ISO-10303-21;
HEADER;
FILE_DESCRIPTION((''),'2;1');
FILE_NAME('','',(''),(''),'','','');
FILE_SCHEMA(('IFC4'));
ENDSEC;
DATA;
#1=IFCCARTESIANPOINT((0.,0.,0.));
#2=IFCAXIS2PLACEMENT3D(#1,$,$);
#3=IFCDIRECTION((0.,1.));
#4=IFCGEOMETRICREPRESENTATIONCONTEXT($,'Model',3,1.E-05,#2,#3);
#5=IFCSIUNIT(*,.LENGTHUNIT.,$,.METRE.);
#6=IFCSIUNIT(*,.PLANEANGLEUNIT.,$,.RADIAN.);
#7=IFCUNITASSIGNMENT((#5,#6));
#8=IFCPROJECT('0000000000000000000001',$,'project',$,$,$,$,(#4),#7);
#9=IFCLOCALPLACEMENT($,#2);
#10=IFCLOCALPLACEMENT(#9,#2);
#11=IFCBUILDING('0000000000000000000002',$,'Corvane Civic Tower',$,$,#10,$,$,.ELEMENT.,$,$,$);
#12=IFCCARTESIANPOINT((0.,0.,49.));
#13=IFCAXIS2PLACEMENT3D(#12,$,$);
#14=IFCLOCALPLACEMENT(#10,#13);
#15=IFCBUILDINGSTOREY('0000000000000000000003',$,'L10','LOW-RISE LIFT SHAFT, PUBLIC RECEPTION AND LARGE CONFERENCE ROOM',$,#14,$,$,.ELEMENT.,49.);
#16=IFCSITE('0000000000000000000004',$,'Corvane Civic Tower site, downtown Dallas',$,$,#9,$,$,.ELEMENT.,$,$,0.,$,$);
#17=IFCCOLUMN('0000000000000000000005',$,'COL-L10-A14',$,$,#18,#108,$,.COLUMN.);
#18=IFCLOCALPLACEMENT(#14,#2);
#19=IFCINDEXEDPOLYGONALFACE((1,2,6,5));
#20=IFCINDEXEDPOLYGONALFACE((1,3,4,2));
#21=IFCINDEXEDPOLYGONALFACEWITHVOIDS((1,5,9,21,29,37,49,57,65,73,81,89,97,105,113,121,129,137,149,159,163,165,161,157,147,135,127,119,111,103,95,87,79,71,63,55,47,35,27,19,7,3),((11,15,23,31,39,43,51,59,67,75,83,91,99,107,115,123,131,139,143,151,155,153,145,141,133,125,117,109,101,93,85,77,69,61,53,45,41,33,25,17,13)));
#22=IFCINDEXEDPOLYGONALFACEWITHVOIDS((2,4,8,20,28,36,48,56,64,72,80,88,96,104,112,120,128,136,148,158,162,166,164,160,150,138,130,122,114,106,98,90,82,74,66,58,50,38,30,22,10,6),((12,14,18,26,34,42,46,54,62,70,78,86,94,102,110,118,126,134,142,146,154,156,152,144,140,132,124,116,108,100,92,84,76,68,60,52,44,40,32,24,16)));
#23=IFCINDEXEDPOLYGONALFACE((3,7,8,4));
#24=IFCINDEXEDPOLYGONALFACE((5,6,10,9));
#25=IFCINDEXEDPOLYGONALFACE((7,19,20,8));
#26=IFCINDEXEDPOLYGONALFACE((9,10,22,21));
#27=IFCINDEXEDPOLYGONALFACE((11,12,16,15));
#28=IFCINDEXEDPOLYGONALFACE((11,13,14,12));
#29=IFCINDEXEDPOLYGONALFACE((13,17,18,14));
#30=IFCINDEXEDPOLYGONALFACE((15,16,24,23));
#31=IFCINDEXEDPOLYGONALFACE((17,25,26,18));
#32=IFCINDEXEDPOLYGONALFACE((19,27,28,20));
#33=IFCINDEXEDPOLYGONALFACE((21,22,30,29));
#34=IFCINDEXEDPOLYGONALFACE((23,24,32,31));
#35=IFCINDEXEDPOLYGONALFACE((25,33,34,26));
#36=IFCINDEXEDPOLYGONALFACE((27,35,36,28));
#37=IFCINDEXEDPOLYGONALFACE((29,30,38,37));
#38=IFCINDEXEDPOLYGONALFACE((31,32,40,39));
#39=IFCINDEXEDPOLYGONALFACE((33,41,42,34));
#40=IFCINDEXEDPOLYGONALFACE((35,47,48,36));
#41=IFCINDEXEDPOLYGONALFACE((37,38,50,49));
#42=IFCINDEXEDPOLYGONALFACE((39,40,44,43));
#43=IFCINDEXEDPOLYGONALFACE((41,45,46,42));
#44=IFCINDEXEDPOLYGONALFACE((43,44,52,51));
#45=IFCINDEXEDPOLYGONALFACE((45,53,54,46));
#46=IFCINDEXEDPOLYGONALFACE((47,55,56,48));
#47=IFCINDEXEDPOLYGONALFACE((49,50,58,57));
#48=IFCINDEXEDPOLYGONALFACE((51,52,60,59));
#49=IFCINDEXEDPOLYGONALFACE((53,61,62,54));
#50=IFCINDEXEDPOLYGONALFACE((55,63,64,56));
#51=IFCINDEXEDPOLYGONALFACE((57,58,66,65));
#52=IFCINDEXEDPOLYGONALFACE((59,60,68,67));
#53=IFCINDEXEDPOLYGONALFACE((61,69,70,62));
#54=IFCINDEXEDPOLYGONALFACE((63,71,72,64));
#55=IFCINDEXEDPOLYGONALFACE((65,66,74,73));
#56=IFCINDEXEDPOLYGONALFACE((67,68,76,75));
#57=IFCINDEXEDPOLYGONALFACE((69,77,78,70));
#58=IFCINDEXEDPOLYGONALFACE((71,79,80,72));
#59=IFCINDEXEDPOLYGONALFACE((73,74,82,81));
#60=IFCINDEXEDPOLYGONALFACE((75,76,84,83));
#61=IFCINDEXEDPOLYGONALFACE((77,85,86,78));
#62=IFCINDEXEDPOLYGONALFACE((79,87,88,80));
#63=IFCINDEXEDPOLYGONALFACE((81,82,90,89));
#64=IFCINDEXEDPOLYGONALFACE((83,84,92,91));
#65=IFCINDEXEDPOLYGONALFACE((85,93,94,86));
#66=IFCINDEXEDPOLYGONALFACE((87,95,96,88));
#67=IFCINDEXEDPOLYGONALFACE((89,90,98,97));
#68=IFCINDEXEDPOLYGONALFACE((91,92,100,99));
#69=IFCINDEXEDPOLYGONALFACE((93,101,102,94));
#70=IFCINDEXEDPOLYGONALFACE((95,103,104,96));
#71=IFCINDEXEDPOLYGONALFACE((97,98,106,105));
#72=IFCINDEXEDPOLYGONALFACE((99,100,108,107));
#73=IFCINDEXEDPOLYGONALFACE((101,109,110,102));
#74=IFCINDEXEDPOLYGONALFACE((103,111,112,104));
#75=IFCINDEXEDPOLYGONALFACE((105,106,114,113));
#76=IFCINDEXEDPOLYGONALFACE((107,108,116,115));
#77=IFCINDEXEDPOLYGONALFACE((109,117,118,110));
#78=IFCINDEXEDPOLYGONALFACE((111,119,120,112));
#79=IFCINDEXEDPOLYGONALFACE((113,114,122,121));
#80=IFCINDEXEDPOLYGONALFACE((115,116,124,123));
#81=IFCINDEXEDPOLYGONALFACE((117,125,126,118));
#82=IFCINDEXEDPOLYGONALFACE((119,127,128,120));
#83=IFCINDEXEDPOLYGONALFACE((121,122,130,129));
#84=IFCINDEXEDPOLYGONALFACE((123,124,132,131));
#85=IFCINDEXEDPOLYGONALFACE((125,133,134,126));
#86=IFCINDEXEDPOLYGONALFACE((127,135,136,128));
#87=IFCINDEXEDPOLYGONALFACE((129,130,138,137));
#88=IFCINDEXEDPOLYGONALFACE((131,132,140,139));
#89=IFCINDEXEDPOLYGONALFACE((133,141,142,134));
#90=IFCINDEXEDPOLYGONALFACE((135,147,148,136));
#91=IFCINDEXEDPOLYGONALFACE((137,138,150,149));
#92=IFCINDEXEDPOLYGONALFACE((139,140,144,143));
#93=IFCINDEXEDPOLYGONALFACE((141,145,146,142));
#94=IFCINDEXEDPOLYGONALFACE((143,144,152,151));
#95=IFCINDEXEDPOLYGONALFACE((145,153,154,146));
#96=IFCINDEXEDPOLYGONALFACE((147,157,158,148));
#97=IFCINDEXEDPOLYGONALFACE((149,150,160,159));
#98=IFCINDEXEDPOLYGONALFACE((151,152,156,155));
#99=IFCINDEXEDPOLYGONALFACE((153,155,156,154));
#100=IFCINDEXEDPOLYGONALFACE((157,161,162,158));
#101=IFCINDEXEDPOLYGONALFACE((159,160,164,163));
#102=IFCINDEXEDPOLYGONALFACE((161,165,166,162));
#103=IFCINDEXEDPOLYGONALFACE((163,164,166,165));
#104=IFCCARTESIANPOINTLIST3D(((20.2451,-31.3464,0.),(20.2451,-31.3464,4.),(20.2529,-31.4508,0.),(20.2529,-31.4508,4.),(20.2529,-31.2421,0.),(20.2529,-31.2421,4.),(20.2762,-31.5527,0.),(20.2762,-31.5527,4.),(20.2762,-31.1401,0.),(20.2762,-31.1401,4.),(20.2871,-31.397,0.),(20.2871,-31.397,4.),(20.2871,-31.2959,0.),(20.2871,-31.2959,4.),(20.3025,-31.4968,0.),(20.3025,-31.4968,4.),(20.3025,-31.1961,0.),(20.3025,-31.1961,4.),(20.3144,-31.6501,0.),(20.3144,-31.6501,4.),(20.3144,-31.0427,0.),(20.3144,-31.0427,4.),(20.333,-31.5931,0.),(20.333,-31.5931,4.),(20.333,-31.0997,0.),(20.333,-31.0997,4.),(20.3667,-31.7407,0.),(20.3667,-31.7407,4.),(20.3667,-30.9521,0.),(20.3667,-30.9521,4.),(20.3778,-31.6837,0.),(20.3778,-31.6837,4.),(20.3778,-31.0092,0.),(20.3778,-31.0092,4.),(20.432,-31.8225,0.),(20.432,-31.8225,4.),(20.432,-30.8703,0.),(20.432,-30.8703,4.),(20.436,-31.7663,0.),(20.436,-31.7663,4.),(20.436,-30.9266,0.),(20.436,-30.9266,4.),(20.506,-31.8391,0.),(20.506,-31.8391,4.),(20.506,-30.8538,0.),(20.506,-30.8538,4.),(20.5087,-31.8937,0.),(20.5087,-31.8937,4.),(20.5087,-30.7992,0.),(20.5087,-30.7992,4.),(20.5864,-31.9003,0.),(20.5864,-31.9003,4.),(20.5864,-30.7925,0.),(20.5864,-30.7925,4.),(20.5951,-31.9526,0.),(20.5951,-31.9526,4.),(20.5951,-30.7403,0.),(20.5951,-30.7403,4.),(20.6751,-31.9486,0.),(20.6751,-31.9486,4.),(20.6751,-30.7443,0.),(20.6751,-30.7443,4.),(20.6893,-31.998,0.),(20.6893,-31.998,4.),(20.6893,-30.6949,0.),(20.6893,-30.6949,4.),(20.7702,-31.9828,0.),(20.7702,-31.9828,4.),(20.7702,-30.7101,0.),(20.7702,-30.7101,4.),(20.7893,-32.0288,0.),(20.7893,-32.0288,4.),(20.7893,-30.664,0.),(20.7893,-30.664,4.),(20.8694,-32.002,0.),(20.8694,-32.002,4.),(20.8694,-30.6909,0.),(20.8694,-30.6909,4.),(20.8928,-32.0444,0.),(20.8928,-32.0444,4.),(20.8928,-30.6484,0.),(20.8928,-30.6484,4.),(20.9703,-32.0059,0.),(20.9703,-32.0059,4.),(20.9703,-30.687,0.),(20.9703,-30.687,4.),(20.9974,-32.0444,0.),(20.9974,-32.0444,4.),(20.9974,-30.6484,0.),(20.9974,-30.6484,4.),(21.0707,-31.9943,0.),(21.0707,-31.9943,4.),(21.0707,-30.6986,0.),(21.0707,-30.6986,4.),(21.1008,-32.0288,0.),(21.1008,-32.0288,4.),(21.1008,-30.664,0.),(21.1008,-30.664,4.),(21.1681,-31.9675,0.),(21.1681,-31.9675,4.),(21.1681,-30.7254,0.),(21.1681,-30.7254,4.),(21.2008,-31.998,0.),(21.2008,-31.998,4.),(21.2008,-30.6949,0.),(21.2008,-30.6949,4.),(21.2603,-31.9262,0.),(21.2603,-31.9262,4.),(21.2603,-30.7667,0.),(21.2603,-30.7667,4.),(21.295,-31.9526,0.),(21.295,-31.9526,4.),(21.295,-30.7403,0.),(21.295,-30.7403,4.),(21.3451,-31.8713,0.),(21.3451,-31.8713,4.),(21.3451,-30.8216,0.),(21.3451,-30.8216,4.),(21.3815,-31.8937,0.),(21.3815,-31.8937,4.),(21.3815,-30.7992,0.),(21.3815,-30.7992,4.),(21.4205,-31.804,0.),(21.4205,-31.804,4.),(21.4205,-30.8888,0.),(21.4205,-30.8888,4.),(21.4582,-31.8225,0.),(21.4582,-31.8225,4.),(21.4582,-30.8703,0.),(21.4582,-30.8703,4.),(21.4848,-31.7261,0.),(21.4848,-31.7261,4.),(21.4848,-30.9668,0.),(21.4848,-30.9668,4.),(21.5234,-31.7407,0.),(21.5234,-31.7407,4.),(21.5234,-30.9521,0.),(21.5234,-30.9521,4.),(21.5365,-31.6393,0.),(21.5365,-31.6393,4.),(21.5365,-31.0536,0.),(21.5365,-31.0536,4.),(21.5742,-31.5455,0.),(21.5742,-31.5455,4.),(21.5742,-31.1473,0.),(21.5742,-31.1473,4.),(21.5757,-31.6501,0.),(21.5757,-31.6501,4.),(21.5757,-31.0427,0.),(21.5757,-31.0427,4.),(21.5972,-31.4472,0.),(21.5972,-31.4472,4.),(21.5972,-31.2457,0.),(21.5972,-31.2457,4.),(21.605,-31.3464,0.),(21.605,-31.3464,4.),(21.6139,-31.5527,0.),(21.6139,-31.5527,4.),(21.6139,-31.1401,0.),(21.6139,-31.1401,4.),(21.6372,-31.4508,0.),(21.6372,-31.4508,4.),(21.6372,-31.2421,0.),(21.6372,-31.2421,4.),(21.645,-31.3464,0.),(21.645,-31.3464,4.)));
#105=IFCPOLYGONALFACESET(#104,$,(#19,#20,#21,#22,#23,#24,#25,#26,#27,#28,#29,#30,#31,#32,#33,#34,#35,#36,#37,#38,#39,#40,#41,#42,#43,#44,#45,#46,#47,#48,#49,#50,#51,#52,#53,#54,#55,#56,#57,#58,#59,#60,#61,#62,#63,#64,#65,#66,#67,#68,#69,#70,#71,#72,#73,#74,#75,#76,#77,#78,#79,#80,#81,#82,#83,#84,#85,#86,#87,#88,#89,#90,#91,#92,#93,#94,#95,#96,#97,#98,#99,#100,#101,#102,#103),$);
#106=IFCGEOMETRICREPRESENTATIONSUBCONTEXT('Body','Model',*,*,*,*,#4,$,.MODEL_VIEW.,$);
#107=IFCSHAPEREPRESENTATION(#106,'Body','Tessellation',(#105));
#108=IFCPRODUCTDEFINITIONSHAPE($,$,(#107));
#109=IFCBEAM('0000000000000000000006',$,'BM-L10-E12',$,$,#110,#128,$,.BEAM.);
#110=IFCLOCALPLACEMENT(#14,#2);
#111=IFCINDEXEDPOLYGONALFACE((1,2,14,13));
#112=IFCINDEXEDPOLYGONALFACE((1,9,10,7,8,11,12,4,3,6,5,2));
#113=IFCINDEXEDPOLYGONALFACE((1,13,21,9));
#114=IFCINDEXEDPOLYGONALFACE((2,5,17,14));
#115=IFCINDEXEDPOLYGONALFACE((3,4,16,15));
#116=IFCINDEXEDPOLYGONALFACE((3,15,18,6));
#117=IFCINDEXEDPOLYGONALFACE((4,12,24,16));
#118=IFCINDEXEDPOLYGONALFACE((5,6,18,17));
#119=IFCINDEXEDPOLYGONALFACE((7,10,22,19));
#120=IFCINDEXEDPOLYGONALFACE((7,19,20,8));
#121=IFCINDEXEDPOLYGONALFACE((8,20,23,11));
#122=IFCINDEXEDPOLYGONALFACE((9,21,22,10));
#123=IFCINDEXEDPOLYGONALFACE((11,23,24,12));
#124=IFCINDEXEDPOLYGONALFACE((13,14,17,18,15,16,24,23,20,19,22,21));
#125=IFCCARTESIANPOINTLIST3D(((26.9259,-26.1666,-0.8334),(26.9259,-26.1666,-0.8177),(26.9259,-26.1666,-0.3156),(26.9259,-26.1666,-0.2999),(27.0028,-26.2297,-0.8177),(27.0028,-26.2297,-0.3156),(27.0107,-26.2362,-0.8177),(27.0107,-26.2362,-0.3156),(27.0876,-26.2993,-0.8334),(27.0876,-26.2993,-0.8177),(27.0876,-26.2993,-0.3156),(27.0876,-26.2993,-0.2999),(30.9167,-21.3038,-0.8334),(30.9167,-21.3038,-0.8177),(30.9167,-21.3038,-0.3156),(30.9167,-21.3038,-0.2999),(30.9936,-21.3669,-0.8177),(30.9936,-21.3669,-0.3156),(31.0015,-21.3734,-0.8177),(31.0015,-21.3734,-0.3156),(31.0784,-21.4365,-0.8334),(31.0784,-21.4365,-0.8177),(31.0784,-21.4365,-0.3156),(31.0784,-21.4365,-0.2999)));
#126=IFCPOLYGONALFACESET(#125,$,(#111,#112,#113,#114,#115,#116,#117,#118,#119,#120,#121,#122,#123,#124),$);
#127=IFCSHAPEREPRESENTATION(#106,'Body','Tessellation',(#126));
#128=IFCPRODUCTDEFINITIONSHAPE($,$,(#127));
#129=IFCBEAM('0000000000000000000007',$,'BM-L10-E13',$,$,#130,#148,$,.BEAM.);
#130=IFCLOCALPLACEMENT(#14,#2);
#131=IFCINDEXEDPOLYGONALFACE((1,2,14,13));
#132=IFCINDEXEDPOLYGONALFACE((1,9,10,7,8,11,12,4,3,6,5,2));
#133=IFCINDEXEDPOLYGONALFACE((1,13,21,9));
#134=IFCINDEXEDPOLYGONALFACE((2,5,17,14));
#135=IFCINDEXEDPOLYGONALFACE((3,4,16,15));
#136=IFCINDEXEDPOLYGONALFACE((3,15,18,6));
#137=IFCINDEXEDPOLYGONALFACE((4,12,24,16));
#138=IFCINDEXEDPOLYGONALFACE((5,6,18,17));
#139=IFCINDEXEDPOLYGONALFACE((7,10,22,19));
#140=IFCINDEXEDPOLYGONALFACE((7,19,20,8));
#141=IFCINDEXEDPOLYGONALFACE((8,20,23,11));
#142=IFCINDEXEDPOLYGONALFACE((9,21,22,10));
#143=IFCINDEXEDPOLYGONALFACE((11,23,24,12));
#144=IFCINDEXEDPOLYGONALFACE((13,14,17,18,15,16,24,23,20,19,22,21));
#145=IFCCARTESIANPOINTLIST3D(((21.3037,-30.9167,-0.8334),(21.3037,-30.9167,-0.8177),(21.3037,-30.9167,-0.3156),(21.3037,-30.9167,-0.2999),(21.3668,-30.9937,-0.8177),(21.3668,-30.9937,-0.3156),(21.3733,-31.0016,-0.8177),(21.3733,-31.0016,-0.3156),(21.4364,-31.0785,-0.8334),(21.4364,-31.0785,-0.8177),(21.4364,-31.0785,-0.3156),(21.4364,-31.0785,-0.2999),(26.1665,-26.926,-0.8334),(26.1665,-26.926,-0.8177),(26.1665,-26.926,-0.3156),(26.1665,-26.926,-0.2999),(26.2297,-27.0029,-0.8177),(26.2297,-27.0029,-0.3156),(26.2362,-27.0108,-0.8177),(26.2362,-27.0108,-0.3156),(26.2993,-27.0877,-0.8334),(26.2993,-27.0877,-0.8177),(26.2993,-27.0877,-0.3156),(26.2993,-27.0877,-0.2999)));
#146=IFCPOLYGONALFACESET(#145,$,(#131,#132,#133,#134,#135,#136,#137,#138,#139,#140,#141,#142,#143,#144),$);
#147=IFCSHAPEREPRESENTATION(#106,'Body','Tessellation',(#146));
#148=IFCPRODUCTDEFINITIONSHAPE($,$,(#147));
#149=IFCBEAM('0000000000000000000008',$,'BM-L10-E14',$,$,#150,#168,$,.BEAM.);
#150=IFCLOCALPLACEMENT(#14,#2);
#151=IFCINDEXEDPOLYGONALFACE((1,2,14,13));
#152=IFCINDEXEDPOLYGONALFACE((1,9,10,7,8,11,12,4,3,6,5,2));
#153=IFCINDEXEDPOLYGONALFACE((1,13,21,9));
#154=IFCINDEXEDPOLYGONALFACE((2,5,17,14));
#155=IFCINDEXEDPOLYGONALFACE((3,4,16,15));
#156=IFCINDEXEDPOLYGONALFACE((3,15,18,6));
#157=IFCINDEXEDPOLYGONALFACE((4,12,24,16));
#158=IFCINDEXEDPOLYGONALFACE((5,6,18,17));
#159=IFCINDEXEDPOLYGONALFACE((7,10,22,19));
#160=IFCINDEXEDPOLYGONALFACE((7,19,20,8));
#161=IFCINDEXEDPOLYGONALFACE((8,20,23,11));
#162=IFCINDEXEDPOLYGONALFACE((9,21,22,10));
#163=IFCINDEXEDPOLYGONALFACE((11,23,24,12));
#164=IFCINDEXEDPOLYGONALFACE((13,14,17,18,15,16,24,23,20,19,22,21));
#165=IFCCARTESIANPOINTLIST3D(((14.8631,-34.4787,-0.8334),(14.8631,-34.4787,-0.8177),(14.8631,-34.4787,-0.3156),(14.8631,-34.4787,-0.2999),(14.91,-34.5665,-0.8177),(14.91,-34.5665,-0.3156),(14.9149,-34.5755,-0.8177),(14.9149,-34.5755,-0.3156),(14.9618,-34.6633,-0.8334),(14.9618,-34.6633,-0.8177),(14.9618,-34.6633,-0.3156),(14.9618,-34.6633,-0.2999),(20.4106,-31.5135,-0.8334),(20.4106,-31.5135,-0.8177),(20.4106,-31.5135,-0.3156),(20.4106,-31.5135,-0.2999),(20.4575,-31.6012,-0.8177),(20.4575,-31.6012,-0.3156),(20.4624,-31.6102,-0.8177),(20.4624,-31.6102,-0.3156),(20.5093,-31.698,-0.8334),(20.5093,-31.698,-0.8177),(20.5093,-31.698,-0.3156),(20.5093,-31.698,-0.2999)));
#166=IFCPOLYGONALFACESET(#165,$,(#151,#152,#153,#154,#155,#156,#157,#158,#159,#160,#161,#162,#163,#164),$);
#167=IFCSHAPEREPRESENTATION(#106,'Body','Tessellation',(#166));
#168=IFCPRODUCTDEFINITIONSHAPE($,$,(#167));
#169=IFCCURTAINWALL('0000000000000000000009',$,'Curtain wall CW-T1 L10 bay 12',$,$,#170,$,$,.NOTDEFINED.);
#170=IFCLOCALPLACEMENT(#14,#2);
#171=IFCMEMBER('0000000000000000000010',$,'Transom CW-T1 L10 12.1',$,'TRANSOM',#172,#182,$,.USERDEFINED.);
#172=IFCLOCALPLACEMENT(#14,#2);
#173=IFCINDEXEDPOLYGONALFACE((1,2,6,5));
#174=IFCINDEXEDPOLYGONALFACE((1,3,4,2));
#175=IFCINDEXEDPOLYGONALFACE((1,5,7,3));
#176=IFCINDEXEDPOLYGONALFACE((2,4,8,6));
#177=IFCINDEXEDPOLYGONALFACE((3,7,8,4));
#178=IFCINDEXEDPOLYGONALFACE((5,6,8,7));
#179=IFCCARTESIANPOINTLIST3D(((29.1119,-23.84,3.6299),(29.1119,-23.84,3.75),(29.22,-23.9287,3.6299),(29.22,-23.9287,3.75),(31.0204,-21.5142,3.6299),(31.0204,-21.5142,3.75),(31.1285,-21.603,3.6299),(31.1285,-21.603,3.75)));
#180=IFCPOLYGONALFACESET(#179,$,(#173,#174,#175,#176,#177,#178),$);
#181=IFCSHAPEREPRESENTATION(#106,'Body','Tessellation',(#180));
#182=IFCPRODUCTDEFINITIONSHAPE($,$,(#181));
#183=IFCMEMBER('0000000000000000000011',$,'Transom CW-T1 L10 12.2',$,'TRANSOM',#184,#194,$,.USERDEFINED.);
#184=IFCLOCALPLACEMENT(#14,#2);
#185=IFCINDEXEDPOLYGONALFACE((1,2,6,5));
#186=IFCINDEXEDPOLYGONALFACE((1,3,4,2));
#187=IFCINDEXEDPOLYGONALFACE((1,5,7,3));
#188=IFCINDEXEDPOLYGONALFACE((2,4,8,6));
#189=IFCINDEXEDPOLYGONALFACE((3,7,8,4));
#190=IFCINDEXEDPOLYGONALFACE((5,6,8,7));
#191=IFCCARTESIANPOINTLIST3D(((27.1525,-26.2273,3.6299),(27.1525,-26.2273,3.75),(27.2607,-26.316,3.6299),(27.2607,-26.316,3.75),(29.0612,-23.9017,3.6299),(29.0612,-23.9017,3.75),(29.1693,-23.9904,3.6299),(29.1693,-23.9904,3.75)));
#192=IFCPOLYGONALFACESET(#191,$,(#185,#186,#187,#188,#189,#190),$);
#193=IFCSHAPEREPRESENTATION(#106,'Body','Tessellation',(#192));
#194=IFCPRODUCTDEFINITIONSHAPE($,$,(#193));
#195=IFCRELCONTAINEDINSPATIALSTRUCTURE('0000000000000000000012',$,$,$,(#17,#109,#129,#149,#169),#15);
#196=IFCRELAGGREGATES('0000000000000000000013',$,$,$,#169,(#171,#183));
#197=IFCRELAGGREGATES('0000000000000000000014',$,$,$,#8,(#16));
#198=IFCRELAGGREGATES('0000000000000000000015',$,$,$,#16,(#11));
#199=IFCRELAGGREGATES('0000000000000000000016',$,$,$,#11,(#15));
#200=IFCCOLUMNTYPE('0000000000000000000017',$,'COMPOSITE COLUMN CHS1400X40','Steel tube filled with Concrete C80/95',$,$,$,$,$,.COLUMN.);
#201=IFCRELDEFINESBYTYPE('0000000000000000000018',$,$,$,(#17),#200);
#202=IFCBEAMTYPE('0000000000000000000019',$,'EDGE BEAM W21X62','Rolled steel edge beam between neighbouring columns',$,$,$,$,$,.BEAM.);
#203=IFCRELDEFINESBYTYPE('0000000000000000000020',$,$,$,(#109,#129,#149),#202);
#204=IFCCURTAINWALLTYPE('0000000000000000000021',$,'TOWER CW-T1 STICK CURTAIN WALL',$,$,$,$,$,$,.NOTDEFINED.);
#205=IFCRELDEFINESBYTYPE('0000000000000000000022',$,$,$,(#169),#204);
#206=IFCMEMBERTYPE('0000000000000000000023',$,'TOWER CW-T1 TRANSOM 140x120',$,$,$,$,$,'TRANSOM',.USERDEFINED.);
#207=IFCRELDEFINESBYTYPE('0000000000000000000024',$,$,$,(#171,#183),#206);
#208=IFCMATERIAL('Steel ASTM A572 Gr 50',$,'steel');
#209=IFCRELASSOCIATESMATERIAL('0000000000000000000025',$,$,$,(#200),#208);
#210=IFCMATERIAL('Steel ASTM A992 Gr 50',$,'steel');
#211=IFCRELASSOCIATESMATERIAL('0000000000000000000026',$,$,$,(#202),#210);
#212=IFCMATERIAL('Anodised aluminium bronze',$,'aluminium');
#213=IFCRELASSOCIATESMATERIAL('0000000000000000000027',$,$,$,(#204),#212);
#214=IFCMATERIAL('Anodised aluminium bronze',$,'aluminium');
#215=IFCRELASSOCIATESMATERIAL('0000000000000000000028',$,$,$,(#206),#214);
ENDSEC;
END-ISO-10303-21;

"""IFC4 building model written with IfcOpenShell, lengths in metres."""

from ifc_helpers import new_model, si_unit, direction, frame, origin, origin_2d, place, context, subcontext, project, spatial, rectangle, hollow_circle, i_section, extrude, material, material_profile, profile_set, type_object, element, aggregate, save


model = new_model("IFC4")

# Units and contexts
model_context = context("Model", 3, precision=1e-05, world=origin(), true_north=direction((0.0, 1.0)))
body_context = subcontext(model_context, "Body", "Model", "MODEL_VIEW")
ifc_project = project(units=[si_unit("LENGTHUNIT", "METRE"), si_unit("PLANEANGLEUNIT", "RADIAN")], contexts=[model_context])

# Site, building, storey
site_placement = place(None, origin())
site = spatial("IfcSite", under=ifc_project, at=site_placement, Name="Corvane Civic Tower site, downtown Dallas", CompositionType="ELEMENT", RefElevation=0.0)
building_placement = place(site_placement, origin())
building = spatial("IfcBuilding", under=site, at=building_placement, Name="Corvane Civic Tower", CompositionType="ELEMENT")
storey_placement = place(building_placement, frame((0.0, 0.0, 49.0)))
storey = spatial("IfcBuildingStorey", under=building, at=storey_placement, Name="L10", Description="LOW-RISE LIFT SHAFT, PUBLIC RECEPTION AND LARGE CONFERENCE ROOM", CompositionType="ELEMENT", Elevation=49.0)

# Column
ifc_material_1 = material(Name="Steel ASTM A572 Gr 50", Category="steel")
ifc_material_profile_1 = material_profile(ifc_material_1, hollow_circle(Radius=0.7, WallThickness=0.04, at=origin_2d()), Name="CHS1400X40")
ifc_profile_set_1 = profile_set([ifc_material_profile_1], Name="Steel ASTM A572 Gr 50")
column_type = type_object("IfcColumnType", Name="COMPOSITE COLUMN CHS1400X40", Description="Steel tube filled with Concrete C80/95", PredefinedType="COLUMN", material=ifc_profile_set_1)
for number, where, z_axis, x_axis, name in (
    (1, (20.9451, -31.3464, 0.0), (0.0, 0.0, 1.0), (1.0, 0.0, 0.0), "COL-L10-A14"),
):
    element("IfcColumn", number, at=place(storey_placement, frame(where, z_axis=z_axis, x_axis=x_axis)), inside=storey, type_object=column_type, Name=name, PredefinedType="COLUMN", context=body_context, shape_type="SweptSolid", body=[
        extrude(hollow_circle(Radius=0.7, WallThickness=0.04, at=origin_2d()), origin(), (0.0, 0.0, 1.0), 4.0),
    ])

# Beams
ifc_material_2 = material(Name="Steel ASTM A992 Gr 50", Category="steel")
ifc_material_profile_2 = material_profile(ifc_material_2, i_section(OverallWidth=0.2092, OverallDepth=0.5334, WebThickness=0.0103, FlangeThickness=0.0156, at=origin_2d()), Name="W21X62")
ifc_profile_set_2 = profile_set([ifc_material_profile_2], Name="Steel ASTM A992 Gr 50")
beam_type = type_object("IfcBeamType", Name="EDGE BEAM W21X62", Description="Rolled steel edge beam between neighbouring columns", PredefinedType="BEAM", material=ifc_profile_set_2)
for number, where, z_axis, x_axis, name in (
    (2, (30.9976, -21.3701, -0.5667), (-0.634387, -0.773016, 0.0), (0.773016, -0.634387, 0.0), "BM-L10-E12"),
    (3, (26.2329, -27.0068, -0.5667), (-0.773016, -0.634387, 0.0), (0.634387, -0.773016, 0.0), "BM-L10-E13"),
):
    element("IfcBeam", number, at=place(storey_placement, frame(where, z_axis=z_axis, x_axis=x_axis)), inside=storey, type_object=beam_type, Name=name, PredefinedType="BEAM", context=body_context, shape_type="SweptSolid", body=[
        extrude(i_section(OverallWidth=0.2092, OverallDepth=0.5334, WebThickness=0.0103, FlangeThickness=0.0156, at=origin_2d()), origin(), (0.0, 0.0, 1.0), 6.2908),
    ])
beam_placement = place(storey_placement, frame((20.46, -31.6057, -0.5667), z_axis=(-0.881916, -0.471406, 0.0), x_axis=(0.471406, -0.881916, 0.0)))
element("IfcBeam", 4, at=beam_placement, inside=storey, type_object=beam_type, Name="BM-L10-E14", PredefinedType="BEAM", context=body_context, shape_type="SweptSolid", body=[
    extrude(i_section(OverallWidth=0.2092, OverallDepth=0.5334, WebThickness=0.0103, FlangeThickness=0.0156, at=origin_2d()), origin(), (0.0, 0.0, 1.0), 6.2903),
])

# Curtain wall, members
ifc_material_3 = material(Name="Anodised aluminium bronze", Category="aluminium")
curtain_wall_type = type_object("IfcCurtainWallType", Name="TOWER CW-T1 STICK CURTAIN WALL", PredefinedType="NOTDEFINED", material=ifc_material_3)
curtain_wall_1_placement = place(storey_placement, origin())
curtain_wall_1 = element("IfcCurtainWall", 5, at=curtain_wall_1_placement, inside=storey, type_object=curtain_wall_type, Name="Curtain wall CW-T1 L10 bay 12", PredefinedType="NOTDEFINED")
ifc_material_4 = material(Name="Anodised aluminium bronze", Category="aluminium")
ifc_material_profile_3 = material_profile(ifc_material_4, rectangle(XDim=0.1399, YDim=0.1201, at=origin_2d()), Name="TOWER CW-T1 TRANSOM 140x120")
ifc_profile_set_3 = profile_set([ifc_material_profile_3], Name="Anodised aluminium bronze")
member_type_1 = type_object("IfcMemberType", Name="TOWER CW-T1 TRANSOM 140x120", ElementType="TRANSOM", PredefinedType="USERDEFINED", material=ifc_profile_set_3)
member_1_placement = place(storey_placement, frame((31.0745, -21.5586, 3.6899), z_axis=(-0.634355, -0.773042, 0.0), x_axis=(0.773042, -0.634355, 0.0)))
member_1 = element("IfcMember", 6, at=member_1_placement, type_object=member_type_1, Name="Transom CW-T1 L10 12.1", ObjectType="TRANSOM", PredefinedType="USERDEFINED", context=body_context, shape_type="SweptSolid", body=[
    extrude(rectangle(XDim=0.1399, YDim=0.1201, at=origin_2d()), origin(), (0.0, 0.0, 1.0), 3.0085),
])
member_2_placement = place(storey_placement, frame((29.1152, -23.946, 3.6899), z_axis=(-0.634404, -0.773002, 0.0), x_axis=(0.773002, -0.634404, 0.0)))
member_2 = element("IfcMember", 7, at=member_2_placement, type_object=member_type_1, Name="Transom CW-T1 L10 12.2", ObjectType="TRANSOM", PredefinedType="USERDEFINED", context=body_context, shape_type="SweptSolid", body=[
    extrude(rectangle(XDim=0.1399, YDim=0.1201, at=origin_2d()), origin(), (0.0, 0.0, 1.0), 3.0085),
])

aggregate(curtain_wall_1, [member_1, member_2])

save(model, "model.ifc")
